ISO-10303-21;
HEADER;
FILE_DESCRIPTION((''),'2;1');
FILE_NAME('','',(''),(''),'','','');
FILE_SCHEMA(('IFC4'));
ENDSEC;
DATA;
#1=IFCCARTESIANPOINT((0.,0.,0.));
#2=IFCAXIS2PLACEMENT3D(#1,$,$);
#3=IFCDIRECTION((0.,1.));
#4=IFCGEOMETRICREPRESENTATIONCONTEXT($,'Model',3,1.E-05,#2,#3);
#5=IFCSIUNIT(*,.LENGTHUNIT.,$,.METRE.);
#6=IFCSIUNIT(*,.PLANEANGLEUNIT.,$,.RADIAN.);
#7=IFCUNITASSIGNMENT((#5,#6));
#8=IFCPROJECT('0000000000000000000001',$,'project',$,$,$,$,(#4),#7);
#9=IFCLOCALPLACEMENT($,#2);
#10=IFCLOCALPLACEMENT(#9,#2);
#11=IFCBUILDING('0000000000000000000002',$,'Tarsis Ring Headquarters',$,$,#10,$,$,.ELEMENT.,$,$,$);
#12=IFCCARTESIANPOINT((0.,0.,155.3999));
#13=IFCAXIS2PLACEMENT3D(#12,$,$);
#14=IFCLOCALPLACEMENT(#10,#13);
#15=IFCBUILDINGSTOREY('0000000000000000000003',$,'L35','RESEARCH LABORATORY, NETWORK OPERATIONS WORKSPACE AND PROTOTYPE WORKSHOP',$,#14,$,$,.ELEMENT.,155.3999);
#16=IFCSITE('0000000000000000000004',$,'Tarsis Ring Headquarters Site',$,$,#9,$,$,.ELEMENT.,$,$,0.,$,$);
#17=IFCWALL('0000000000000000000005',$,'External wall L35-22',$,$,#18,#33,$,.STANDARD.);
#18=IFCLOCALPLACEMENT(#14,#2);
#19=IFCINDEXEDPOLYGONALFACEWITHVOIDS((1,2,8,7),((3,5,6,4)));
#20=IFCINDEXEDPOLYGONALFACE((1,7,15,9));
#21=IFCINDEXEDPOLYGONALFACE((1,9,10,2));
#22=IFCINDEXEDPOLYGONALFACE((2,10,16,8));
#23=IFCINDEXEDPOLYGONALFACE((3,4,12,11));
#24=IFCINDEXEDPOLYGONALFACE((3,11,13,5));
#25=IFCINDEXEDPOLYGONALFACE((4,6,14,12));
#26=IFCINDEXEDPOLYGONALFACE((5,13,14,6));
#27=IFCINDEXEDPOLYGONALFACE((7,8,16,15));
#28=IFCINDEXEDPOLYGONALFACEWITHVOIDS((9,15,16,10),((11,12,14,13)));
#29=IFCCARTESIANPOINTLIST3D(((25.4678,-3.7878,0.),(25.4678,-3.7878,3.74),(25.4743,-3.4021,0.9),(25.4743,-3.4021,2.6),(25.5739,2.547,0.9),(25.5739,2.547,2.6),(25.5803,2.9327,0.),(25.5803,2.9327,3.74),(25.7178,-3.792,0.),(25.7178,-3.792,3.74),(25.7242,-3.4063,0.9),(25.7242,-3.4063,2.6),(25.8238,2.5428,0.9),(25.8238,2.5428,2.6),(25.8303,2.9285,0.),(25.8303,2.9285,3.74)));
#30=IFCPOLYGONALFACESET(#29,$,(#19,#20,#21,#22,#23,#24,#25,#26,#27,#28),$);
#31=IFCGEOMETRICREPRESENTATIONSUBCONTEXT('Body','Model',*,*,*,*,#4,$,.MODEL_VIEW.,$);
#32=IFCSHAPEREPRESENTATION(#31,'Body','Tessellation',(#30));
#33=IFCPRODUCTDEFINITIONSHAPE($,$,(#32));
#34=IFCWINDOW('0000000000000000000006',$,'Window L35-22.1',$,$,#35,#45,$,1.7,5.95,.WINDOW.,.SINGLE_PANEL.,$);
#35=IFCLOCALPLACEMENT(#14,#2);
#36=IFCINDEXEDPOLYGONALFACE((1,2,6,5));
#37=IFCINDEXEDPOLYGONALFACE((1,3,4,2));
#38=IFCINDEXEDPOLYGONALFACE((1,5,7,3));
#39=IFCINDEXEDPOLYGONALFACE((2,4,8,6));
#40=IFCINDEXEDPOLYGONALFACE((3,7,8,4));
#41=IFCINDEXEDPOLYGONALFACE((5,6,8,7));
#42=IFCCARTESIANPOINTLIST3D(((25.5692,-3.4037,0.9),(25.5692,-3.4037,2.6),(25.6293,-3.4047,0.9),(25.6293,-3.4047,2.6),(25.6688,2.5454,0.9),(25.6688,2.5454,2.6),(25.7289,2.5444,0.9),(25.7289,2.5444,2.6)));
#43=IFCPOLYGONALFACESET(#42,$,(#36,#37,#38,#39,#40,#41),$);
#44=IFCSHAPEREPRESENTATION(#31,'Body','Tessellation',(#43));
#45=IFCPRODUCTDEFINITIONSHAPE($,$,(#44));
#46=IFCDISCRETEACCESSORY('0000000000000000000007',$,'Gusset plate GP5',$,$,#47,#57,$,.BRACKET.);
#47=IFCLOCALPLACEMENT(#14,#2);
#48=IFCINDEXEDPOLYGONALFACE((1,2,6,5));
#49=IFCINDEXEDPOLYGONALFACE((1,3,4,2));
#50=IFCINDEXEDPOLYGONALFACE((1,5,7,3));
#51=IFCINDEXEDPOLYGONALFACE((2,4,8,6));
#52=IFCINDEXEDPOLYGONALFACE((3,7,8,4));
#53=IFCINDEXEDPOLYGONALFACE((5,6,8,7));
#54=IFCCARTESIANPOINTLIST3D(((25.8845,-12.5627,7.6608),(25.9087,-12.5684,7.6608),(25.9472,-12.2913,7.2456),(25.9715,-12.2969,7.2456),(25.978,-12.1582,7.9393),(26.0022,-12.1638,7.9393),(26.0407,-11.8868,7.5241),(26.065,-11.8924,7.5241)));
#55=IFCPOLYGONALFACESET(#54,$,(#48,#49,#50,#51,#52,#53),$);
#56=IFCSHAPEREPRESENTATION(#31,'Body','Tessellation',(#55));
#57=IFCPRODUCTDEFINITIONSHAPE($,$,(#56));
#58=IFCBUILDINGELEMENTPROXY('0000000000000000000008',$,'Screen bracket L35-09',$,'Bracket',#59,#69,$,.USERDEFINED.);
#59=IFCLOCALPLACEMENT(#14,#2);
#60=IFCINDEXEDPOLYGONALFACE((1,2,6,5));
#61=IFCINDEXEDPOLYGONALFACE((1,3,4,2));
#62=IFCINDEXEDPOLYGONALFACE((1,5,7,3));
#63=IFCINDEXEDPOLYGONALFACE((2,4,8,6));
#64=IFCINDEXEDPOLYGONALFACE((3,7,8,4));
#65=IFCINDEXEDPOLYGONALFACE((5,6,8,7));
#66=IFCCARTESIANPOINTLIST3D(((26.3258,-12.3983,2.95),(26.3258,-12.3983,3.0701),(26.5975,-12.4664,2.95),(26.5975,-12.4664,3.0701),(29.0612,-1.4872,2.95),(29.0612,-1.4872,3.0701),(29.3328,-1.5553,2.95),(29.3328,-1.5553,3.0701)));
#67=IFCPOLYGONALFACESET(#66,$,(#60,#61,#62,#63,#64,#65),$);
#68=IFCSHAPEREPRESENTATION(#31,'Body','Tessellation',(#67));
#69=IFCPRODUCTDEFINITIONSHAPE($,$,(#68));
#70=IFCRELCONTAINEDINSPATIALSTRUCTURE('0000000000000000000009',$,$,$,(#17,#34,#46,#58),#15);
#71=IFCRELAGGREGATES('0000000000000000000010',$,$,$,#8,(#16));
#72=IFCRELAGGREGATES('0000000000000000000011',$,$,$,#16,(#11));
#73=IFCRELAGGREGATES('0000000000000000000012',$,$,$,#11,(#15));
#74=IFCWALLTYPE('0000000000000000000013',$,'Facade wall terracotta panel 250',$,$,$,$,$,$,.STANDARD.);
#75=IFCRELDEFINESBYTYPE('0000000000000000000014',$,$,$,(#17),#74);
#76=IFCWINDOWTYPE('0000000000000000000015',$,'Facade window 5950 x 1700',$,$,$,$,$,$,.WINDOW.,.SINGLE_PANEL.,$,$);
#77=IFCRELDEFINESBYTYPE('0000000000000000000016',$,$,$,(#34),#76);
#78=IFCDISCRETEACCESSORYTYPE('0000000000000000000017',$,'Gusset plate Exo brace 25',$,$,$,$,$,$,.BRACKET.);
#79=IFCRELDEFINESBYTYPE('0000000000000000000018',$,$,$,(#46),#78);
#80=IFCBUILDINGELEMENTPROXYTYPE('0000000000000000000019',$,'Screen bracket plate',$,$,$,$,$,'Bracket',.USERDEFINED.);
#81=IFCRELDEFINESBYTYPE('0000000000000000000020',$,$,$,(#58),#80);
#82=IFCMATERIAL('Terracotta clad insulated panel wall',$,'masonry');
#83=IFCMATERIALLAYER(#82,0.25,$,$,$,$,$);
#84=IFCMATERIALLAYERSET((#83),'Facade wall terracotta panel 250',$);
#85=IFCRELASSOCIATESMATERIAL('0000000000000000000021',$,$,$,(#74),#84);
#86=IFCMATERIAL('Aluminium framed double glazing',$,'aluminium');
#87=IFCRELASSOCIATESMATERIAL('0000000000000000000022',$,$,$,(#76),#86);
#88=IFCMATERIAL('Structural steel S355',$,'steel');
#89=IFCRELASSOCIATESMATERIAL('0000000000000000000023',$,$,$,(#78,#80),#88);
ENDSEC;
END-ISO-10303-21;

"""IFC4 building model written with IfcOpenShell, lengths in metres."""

from ifc_helpers import new_model, si_unit, direction, frame, frame_2d, origin, origin_2d, place, context, subcontext, project, spatial, rectangle, extrude, material, layer, layer_set, material_profile, profile_set, type_object, element, fill, save


model = new_model("IFC4")

# Units and contexts
model_context = context("Model", 3, precision=1e-05, world=origin(), true_north=direction((0.0, 1.0)))
body_context = subcontext(model_context, "Body", "Model", "MODEL_VIEW")
ifc_project = project(units=[si_unit("LENGTHUNIT", "METRE"), si_unit("PLANEANGLEUNIT", "RADIAN")], contexts=[model_context])

# Site, building, storey
site_placement = place(None, origin())
site = spatial("IfcSite", under=ifc_project, at=site_placement, Name="Tarsis Ring Headquarters Site", CompositionType="ELEMENT", RefElevation=0.0)
building_placement = place(site_placement, origin())
building = spatial("IfcBuilding", under=site, at=building_placement, Name="Tarsis Ring Headquarters", CompositionType="ELEMENT")
storey_placement = place(building_placement, frame((0.0, 0.0, 155.3999)))
storey = spatial("IfcBuildingStorey", under=building, at=storey_placement, Name="L35", Description="RESEARCH LABORATORY, NETWORK OPERATIONS WORKSPACE AND PROTOTYPE WORKSHOP", CompositionType="ELEMENT", Elevation=155.3999)

# Shared definitions
ifc_material_1 = material(Name="Structural steel S355", Category="steel")

# Wall, opening, window
ifc_material_2 = material(Name="Terracotta clad insulated panel wall", Category="masonry")
ifc_layer = layer(ifc_material_2, 0.25)
ifc_layer_set = layer_set([ifc_layer], Name="Facade wall terracotta panel 250")
wall_type = type_object("IfcWallType", Name="Facade wall terracotta panel 250", PredefinedType="STANDARD", material=ifc_layer_set)
ifc_material_3 = material(Name="Aluminium framed double glazing", Category="aluminium")
window_type = type_object("IfcWindowType", Name="Facade window 5950 x 1700", PartitioningType="SINGLE_PANEL", PredefinedType="WINDOW", material=ifc_material_3)
wall_1_placement = place(storey_placement, frame((25.5928, -3.79, 0.0), z_axis=(0.0, 0.0, 1.0), x_axis=(0.016745, 0.99986, 0.0)))
wall_1 = element("IfcWall", 1, at=wall_1_placement, inside=storey, type_object=wall_type, Name="External wall L35-22", PredefinedType="STANDARD", context=body_context, shape_type="SweptSolid", body=[
    extrude(rectangle(XDim=6.7214, YDim=0.25, at=frame_2d((3.3608, 0.0))), origin(), (0.0, 0.0, 1.0), 3.74),
])
opening_1_placement = place(wall_1_placement, frame((0.3857, 0.0, 0.8999)))
opening_1 = element("IfcOpeningElement", 2, at=opening_1_placement, cuts=wall_1, PredefinedType="OPENING", context=body_context, shape_type="SweptSolid", body=[
    extrude(rectangle(XDim=5.95, YDim=1.7, at=frame_2d((2.9751, 0.8501))), frame((0.0, 0.135, 0.0), z_axis=(0.0, -1.0, 0.0), x_axis=(1.0, 0.0, 0.0)), (0.0, 0.0, 1.0), 0.27),
])
window_1_placement = place(opening_1_placement, origin())
window_1 = element("IfcWindow", 3, at=window_1_placement, inside=storey, type_object=window_type, Name="Window L35-22.1", OverallHeight=1.7, OverallWidth=5.95, PartitioningType="SINGLE_PANEL", PredefinedType="WINDOW", context=body_context, shape_type="SweptSolid", body=[
    extrude(rectangle(XDim=5.95, YDim=1.7, at=frame_2d((2.9751, 0.8501))), frame((0.0, 0.03, 0.0), z_axis=(0.0, -1.0, 0.0), x_axis=(1.0, 0.0, 0.0)), (0.0, 0.0, 1.0), 0.0601),
])
fill(opening_1, window_1)

# Discrete accessory
ifc_material_profile_1 = material_profile(ifc_material_1, rectangle(XDim=0.0249, YDim=0.5, at=origin_2d()), Name="PL 25x500")
ifc_profile_set_1 = profile_set([ifc_material_profile_1], Name="Structural steel S355")
discrete_accessory_type = type_object("IfcDiscreteAccessoryType", Name="Gusset plate Exo brace 25", PredefinedType="BRACKET", material=ifc_profile_set_1)
discrete_accessory_placement = place(storey_placement, frame((25.9434, -12.3633, 7.8), z_axis=(0.125463, 0.542859, -0.830399), x_axis=(-0.974317, 0.225179, 0.0)))
element("IfcDiscreteAccessory", 4, at=discrete_accessory_placement, inside=storey, type_object=discrete_accessory_type, Name="Gusset plate GP5", PredefinedType="BRACKET", context=body_context, shape_type="SweptSolid", body=[
    extrude(rectangle(XDim=0.0249, YDim=0.5, at=origin_2d()), origin(), (0.0, 0.0, 1.0), 0.5),
])

# Building element proxy
building_element_proxy_type = type_object("IfcBuildingElementProxyType", Name="Screen bracket plate", ElementType="Bracket", PredefinedType="USERDEFINED", material=ifc_material_1)
proxy_placement = place(storey_placement, frame((27.8293, -6.9768, 2.95), z_axis=(0.0, 0.0, 1.0), x_axis=(0.24317, 0.969984, 0.0)))
element("IfcBuildingElementProxy", 5, at=proxy_placement, inside=storey, type_object=building_element_proxy_type, Name="Screen bracket L35-09", ObjectType="Bracket", PredefinedType="USERDEFINED", context=body_context, shape_type="SweptSolid", body=[
    extrude(rectangle(XDim=11.2488, YDim=0.28, at=origin_2d()), origin(), (0.0, 0.0, 1.0), 0.1201),
])

save(model, "model.ifc")
